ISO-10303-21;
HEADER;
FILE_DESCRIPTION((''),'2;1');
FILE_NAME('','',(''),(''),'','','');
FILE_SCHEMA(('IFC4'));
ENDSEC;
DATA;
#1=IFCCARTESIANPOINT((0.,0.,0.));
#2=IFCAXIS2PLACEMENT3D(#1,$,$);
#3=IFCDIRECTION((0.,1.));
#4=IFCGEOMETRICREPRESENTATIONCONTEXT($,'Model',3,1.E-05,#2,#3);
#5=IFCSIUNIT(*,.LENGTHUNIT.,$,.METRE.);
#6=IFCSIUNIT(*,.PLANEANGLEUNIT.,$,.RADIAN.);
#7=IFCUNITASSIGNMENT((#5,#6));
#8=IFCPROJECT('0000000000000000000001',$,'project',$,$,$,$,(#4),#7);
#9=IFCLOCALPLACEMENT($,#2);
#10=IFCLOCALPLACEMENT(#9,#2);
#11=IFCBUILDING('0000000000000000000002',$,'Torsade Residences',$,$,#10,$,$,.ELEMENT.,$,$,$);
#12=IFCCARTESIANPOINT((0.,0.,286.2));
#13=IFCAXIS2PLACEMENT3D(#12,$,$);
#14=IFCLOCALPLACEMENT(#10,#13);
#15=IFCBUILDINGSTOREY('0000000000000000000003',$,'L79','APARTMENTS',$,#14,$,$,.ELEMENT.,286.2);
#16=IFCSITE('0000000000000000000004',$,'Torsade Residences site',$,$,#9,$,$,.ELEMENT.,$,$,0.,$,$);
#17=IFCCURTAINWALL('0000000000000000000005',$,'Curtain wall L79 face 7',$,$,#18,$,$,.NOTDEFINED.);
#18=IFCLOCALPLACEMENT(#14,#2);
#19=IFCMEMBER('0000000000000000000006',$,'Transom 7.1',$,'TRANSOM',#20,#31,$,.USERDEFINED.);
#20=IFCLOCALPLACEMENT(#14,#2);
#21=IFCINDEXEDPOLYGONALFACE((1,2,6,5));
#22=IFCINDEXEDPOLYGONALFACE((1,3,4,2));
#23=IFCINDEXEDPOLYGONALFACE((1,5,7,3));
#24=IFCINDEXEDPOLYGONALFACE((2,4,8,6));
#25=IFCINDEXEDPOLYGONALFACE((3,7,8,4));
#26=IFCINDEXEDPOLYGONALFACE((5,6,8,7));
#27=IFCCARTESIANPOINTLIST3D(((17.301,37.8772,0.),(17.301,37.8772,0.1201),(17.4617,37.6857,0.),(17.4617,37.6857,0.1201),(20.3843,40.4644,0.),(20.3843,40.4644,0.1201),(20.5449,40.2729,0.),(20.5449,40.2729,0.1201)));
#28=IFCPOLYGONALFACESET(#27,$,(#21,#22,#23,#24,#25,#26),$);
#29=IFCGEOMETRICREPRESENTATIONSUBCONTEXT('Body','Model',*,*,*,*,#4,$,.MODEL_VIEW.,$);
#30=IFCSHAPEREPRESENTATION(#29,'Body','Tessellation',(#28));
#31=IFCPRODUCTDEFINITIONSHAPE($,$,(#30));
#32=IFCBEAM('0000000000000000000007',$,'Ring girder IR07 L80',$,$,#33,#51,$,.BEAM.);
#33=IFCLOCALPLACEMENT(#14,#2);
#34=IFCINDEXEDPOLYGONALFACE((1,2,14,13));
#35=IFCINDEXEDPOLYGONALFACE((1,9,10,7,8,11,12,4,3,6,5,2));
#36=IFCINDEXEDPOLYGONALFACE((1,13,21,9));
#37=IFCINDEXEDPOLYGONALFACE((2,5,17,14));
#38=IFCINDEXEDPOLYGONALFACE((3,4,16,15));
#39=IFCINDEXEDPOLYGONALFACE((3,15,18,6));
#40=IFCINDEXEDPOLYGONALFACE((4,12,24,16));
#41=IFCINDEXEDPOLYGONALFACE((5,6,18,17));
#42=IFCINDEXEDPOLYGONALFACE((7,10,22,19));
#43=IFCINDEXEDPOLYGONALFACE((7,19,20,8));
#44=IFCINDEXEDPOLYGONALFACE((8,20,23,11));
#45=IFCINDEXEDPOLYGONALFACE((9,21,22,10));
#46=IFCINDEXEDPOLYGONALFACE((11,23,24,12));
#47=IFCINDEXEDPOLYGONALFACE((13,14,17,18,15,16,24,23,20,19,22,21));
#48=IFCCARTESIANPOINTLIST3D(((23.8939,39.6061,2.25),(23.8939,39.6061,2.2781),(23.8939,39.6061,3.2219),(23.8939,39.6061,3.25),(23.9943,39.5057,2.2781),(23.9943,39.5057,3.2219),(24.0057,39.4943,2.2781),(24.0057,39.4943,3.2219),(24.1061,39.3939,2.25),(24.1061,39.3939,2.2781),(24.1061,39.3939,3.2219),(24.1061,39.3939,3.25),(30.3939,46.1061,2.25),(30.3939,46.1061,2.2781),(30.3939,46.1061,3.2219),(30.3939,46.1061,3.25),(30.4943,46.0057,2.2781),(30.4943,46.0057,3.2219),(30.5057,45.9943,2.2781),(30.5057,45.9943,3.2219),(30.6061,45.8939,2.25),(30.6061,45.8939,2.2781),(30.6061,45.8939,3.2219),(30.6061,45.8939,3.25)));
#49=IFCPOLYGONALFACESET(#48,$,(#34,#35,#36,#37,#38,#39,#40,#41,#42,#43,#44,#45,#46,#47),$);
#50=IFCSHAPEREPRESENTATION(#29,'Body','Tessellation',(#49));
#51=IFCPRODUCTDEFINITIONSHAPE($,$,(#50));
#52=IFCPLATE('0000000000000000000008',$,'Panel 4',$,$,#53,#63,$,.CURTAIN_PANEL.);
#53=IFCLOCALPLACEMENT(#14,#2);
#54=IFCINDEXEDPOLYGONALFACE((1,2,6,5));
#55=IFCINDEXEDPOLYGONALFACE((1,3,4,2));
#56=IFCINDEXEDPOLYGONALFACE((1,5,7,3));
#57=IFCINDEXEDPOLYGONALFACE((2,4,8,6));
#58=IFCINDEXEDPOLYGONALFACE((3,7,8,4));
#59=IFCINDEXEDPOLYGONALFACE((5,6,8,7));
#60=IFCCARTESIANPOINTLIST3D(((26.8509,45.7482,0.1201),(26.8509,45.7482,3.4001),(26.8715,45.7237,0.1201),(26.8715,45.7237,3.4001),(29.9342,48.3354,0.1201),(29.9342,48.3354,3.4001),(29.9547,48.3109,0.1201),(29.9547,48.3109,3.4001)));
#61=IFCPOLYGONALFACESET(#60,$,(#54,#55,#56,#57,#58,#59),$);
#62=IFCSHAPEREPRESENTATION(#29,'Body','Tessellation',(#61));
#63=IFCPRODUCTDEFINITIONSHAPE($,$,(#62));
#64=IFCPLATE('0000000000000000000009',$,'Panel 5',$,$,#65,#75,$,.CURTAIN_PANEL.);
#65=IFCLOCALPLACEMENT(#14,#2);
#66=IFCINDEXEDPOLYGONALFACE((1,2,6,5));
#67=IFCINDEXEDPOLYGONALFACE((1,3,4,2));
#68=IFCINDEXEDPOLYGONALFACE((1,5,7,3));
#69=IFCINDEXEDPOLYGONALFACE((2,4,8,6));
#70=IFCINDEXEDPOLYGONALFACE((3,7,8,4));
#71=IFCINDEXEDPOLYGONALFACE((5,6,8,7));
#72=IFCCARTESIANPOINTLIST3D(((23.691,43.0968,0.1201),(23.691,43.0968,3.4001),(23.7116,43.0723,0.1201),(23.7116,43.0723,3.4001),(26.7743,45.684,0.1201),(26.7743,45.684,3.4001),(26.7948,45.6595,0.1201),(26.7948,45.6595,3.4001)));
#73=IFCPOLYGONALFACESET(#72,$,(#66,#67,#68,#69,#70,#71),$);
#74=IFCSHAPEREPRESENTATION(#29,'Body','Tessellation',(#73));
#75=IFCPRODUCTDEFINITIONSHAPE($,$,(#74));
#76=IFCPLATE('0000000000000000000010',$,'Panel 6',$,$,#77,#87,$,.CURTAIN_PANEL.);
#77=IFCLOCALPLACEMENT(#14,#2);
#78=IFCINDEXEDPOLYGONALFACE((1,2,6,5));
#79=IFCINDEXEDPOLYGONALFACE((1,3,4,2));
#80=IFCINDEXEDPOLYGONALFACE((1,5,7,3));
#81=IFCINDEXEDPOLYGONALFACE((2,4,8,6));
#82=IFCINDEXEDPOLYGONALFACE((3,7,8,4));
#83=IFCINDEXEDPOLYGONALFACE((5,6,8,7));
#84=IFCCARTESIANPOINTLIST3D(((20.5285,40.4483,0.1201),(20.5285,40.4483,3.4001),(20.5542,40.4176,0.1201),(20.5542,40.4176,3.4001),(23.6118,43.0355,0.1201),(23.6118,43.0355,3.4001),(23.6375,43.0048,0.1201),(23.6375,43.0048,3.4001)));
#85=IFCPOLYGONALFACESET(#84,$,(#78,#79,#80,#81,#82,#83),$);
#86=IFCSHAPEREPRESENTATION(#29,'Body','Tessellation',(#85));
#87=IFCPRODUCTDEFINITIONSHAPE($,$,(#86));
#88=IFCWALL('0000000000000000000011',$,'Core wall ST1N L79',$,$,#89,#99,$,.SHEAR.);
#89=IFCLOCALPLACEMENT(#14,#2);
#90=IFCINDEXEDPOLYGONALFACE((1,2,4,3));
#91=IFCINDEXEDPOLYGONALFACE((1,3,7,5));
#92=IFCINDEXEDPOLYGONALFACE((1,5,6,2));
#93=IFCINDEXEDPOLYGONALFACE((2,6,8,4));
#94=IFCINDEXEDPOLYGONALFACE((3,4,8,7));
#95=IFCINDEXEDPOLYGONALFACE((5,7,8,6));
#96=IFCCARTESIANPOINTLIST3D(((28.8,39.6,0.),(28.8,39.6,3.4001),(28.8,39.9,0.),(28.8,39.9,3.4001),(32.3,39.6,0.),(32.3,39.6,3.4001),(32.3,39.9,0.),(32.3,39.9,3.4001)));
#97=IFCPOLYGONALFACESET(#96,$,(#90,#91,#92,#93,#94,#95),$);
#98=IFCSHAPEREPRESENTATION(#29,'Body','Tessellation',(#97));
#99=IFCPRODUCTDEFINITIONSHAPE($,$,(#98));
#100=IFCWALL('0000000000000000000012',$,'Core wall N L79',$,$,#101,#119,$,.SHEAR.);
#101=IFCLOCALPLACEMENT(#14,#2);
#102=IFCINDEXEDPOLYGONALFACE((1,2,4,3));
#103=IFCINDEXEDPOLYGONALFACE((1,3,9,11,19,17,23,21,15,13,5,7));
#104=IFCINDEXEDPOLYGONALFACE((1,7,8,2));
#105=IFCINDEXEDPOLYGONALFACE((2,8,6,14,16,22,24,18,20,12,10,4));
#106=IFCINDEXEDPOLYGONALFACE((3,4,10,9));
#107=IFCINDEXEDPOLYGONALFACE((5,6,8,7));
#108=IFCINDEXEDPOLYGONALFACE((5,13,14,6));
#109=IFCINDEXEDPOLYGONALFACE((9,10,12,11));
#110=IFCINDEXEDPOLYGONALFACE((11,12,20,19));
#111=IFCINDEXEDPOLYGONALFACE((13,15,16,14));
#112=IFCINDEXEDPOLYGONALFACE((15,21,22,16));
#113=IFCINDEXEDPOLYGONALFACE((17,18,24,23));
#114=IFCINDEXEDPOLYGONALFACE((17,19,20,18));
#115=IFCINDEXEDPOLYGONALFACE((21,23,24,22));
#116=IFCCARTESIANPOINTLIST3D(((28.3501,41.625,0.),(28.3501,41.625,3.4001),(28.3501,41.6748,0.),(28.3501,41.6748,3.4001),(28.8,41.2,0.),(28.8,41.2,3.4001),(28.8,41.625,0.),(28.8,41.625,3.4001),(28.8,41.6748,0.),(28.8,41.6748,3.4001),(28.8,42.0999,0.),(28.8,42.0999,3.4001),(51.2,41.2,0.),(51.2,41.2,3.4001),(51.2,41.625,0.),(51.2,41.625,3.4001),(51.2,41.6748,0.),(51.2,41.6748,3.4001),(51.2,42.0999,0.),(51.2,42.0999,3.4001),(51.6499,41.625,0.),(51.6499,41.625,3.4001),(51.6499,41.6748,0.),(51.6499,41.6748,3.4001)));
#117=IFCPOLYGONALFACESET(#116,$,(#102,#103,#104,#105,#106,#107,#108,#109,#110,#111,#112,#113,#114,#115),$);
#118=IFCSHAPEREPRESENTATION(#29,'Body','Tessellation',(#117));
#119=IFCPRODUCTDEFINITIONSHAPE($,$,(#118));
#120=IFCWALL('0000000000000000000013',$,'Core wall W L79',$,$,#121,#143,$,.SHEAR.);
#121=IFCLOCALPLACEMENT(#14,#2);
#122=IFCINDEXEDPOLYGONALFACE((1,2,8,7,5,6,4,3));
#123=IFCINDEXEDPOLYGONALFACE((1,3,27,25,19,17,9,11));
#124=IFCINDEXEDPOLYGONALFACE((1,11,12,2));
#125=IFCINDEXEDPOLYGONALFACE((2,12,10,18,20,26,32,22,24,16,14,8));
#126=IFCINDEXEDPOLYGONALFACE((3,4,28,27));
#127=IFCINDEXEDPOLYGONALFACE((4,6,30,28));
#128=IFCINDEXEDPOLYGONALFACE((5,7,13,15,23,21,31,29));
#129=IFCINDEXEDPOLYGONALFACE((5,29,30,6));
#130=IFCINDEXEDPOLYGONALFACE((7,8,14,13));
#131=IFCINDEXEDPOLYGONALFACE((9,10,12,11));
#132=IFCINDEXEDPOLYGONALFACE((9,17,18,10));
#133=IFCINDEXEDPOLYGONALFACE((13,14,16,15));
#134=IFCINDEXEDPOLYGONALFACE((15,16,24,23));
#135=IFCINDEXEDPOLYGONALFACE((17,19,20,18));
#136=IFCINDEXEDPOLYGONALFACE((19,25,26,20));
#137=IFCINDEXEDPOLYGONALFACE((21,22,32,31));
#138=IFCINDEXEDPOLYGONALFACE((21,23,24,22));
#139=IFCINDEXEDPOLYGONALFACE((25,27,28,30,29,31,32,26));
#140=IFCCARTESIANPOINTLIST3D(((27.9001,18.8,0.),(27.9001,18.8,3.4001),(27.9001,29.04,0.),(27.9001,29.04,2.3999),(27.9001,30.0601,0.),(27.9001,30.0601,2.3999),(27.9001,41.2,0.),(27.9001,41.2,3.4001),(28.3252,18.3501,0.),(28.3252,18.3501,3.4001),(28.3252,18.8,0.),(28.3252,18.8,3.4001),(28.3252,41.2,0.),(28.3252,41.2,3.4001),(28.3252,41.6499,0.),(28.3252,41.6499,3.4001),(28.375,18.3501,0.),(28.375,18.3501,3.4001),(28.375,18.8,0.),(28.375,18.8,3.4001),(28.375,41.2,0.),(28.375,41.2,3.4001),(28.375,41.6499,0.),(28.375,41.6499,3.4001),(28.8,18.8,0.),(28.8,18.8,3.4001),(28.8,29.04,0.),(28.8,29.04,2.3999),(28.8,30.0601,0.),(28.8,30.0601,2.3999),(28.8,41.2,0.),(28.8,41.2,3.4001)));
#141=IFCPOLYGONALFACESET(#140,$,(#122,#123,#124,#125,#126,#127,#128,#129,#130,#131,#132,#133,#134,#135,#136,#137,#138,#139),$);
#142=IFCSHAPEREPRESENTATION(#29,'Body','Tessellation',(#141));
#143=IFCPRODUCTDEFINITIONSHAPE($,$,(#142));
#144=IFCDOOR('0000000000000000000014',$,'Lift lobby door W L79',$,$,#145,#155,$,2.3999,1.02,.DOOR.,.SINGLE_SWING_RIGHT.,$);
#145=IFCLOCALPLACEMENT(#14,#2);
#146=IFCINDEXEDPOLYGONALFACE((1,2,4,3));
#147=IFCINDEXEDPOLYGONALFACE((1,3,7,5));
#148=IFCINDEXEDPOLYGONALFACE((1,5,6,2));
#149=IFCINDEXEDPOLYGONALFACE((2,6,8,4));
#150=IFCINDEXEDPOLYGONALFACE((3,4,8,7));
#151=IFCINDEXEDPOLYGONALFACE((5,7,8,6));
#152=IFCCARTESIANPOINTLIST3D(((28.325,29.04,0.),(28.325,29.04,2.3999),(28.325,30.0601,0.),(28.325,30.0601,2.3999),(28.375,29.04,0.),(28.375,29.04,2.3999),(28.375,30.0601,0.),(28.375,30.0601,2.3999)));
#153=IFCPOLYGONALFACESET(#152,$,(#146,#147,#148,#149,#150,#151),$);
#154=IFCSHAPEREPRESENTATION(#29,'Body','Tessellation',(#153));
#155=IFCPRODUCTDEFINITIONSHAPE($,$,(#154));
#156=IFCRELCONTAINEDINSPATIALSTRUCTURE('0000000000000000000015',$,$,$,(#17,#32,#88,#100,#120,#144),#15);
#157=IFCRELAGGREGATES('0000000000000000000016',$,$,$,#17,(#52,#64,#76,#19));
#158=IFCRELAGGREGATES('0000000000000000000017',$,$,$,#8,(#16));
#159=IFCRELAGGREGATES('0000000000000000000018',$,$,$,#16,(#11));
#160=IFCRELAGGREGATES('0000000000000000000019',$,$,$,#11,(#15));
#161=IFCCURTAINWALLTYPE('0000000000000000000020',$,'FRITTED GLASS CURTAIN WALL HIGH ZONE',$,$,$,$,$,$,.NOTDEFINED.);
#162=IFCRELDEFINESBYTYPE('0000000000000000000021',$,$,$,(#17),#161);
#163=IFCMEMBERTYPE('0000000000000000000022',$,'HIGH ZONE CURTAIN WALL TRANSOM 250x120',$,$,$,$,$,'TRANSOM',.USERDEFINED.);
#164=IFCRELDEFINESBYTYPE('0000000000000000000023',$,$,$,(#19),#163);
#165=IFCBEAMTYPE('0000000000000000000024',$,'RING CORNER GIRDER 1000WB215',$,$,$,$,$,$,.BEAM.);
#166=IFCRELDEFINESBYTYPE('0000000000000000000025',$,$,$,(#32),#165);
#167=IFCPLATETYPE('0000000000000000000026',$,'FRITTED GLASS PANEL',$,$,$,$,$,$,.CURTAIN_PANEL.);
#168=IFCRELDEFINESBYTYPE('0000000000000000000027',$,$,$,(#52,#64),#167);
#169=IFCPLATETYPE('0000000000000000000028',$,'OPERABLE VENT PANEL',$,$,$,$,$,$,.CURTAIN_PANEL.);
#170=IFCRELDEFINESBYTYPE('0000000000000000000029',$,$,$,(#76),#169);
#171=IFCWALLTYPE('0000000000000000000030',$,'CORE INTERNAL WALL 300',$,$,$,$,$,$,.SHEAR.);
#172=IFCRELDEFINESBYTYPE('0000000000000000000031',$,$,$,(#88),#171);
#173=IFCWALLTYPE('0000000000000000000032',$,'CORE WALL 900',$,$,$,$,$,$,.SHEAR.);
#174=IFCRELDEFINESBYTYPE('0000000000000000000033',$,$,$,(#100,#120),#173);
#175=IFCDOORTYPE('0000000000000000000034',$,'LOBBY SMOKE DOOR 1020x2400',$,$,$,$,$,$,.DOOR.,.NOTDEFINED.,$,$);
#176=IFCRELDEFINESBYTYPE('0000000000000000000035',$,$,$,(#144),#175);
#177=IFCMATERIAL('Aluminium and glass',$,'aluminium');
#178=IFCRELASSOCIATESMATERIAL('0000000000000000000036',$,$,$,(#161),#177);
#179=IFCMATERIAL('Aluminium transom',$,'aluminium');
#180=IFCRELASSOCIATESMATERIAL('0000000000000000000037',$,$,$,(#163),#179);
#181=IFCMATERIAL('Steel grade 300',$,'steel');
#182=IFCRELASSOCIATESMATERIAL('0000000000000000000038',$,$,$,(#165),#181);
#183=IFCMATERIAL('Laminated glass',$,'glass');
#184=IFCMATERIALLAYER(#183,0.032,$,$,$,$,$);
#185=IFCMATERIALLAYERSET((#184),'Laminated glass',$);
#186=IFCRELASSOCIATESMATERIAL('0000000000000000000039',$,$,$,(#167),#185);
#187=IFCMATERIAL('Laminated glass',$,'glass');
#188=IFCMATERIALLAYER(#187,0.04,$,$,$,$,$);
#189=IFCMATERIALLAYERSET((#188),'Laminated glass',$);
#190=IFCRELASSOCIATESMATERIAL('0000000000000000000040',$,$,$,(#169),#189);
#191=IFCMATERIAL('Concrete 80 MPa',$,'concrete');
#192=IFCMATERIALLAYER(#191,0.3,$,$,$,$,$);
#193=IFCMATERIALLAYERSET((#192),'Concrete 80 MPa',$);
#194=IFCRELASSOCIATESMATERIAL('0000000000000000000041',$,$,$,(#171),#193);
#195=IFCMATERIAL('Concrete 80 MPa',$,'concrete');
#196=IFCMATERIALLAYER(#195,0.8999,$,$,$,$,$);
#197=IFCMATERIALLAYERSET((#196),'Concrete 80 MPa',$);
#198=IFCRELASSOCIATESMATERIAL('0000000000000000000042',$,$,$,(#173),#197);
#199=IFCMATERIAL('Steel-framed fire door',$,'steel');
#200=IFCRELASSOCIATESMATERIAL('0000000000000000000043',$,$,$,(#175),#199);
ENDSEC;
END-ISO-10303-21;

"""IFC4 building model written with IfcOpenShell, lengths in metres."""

from ifc_helpers import new_model, si_unit, direction, frame, frame_2d, origin, origin_2d, place, context, subcontext, project, spatial, polyline, rectangle, i_section, outline, extrude, material, layer, layer_set, material_profile, profile_set, type_object, element, fill, aggregate, save


model = new_model("IFC4")

# Units and contexts
model_context = context("Model", 3, precision=1e-05, world=origin(), true_north=direction((0.0, 1.0)))
body_context = subcontext(model_context, "Body", "Model", "MODEL_VIEW")
ifc_project = project(units=[si_unit("LENGTHUNIT", "METRE"), si_unit("PLANEANGLEUNIT", "RADIAN")], contexts=[model_context])

# Site, building, storey
site_placement = place(None, origin())
site = spatial("IfcSite", under=ifc_project, at=site_placement, Name="Torsade Residences site", CompositionType="ELEMENT", RefElevation=0.0)
building_placement = place(site_placement, origin())
building = spatial("IfcBuilding", under=site, at=building_placement, Name="Torsade Residences", CompositionType="ELEMENT")
storey_placement = place(building_placement, frame((0.0, 0.0, 286.2)))
storey = spatial("IfcBuildingStorey", under=building, at=storey_placement, Name="L79", Description="APARTMENTS", CompositionType="ELEMENT", Elevation=286.2)

# Curtain wall, member
ifc_material_1 = material(Name="Aluminium and glass", Category="aluminium")
curtain_wall_type = type_object("IfcCurtainWallType", Name="FRITTED GLASS CURTAIN WALL HIGH ZONE", PredefinedType="NOTDEFINED", material=ifc_material_1)
curtain_wall_placement = place(storey_placement, origin())
curtain_wall = element("IfcCurtainWall", 1, at=curtain_wall_placement, inside=storey, type_object=curtain_wall_type, Name="Curtain wall L79 face 7", PredefinedType="NOTDEFINED")
ifc_material_2 = material(Name="Aluminium transom", Category="aluminium")
ifc_material_profile_1 = material_profile(ifc_material_2, rectangle(XDim=0.25, YDim=0.1201, at=origin_2d()), Name="HIGH ZONE CURTAIN WALL TRANSOM 250x120")
ifc_profile_set_1 = profile_set([ifc_material_profile_1], Name="Aluminium transom")
member_type_1 = type_object("IfcMemberType", Name="HIGH ZONE CURTAIN WALL TRANSOM 250x120", ElementType="TRANSOM", PredefinedType="USERDEFINED", material=ifc_profile_set_1)
member_1_placement = place(storey_placement, frame((20.4646, 40.3687, 0.0601), z_axis=(-0.766044, -0.642788, 0.0), x_axis=(0.642788, -0.766044, 0.0)))
member_1 = element("IfcMember", 2, at=member_1_placement, type_object=member_type_1, Name="Transom 7.1", ObjectType="TRANSOM", PredefinedType="USERDEFINED", context=body_context, shape_type="SweptSolid", body=[
    extrude(rectangle(XDim=0.25, YDim=0.1201, at=origin_2d()), origin(), (0.0, 0.0, 1.0), 4.0249),
])

# Beam
ifc_material_3 = material(Name="Steel grade 300", Category="steel")
ifc_material_profile_2 = material_profile(ifc_material_3, i_section(OverallWidth=0.3, OverallDepth=1.0, WebThickness=0.0161, FlangeThickness=0.0281, at=origin_2d()), Name="1000WB215")
ifc_profile_set_2 = profile_set([ifc_material_profile_2], Name="Steel grade 300")
beam_type_1 = type_object("IfcBeamType", Name="RING CORNER GIRDER 1000WB215", PredefinedType="BEAM", material=ifc_profile_set_2)
beam_1_placement = place(storey_placement, frame((30.5, 46.0, 2.75), z_axis=(-0.707107, -0.707107, 0.0), x_axis=(0.707107, -0.707107, 0.0)))
element("IfcBeam", 3, at=beam_1_placement, inside=storey, type_object=beam_type_1, Name="Ring girder IR07 L80", PredefinedType="BEAM", context=body_context, shape_type="SweptSolid", body=[
    extrude(i_section(OverallWidth=0.3, OverallDepth=1.0, WebThickness=0.0161, FlangeThickness=0.0281, at=origin_2d()), origin(), (0.0, 0.0, 1.0), 9.1924),
])

# Plates
ifc_material_4 = material(Name="Laminated glass", Category="glass")
ifc_layer_1 = layer(ifc_material_4, 0.032)
ifc_layer_set_1 = layer_set([ifc_layer_1], Name="Laminated glass")
plate_type_1 = type_object("IfcPlateType", Name="FRITTED GLASS PANEL", PredefinedType="CURTAIN_PANEL", material=ifc_layer_set_1)
plate_1_placement = place(storey_placement, frame((28.4028, 47.0295, 0.1201), z_axis=(0.0, 0.0, 1.0), x_axis=(-0.766044, -0.642788, 0.0)))
plate_1 = element("IfcPlate", 4, at=plate_1_placement, type_object=plate_type_1, Name="Panel 4", PredefinedType="CURTAIN_PANEL", context=body_context, shape_type="SweptSolid", body=[
    extrude(rectangle(XDim=4.0249, YDim=0.032, at=origin_2d()), origin(), (0.0, 0.0, 1.0), 3.28),
])
plate_2_placement = place(storey_placement, frame((25.2429, 44.3782, 0.1201), z_axis=(0.0, 0.0, 1.0), x_axis=(-0.766044, -0.642788, 0.0)))
plate_2 = element("IfcPlate", 5, at=plate_2_placement, type_object=plate_type_1, Name="Panel 5", PredefinedType="CURTAIN_PANEL", context=body_context, shape_type="SweptSolid", body=[
    extrude(rectangle(XDim=4.0249, YDim=0.032, at=origin_2d()), origin(), (0.0, 0.0, 1.0), 3.28),
])
ifc_material_5 = material(Name="Laminated glass", Category="glass")
ifc_layer_2 = layer(ifc_material_5, 0.04)
ifc_layer_set_2 = layer_set([ifc_layer_2], Name="Laminated glass")
plate_type_2 = type_object("IfcPlateType", Name="OPERABLE VENT PANEL", PredefinedType="CURTAIN_PANEL", material=ifc_layer_set_2)
plate_3_placement = place(storey_placement, frame((22.083, 41.7266, 0.1201), z_axis=(0.0, 0.0, 1.0), x_axis=(-0.766044, -0.642788, 0.0)))
plate_3 = element("IfcPlate", 6, at=plate_3_placement, type_object=plate_type_2, Name="Panel 6", PredefinedType="CURTAIN_PANEL", context=body_context, shape_type="SweptSolid", body=[
    extrude(rectangle(XDim=4.0249, YDim=0.04, at=origin_2d()), origin(), (0.0, 0.0, 1.0), 3.28),
])
aggregate(curtain_wall, [plate_1, plate_2, plate_3, member_1])

# Walls
ifc_material_6 = material(Name="Concrete 80 MPa", Category="concrete")
ifc_layer_3 = layer(ifc_material_6, 0.3)
ifc_layer_set_3 = layer_set([ifc_layer_3], Name="Concrete 80 MPa")
wall_type_1 = type_object("IfcWallType", Name="CORE INTERNAL WALL 300", PredefinedType="SHEAR", material=ifc_layer_set_3)
wall_1_placement = place(storey_placement, frame((28.8, 39.75, 0.0), z_axis=(0.0, 0.0, 1.0), x_axis=(1.0, 0.0, 0.0)))
element("IfcWall", 7, at=wall_1_placement, inside=storey, type_object=wall_type_1, Name="Core wall ST1N L79", PredefinedType="SHEAR", context=body_context, shape_type="SweptSolid", body=[
    extrude(rectangle(XDim=3.5, YDim=0.3, at=frame_2d((1.75, 0.0))), origin(), (0.0, 0.0, 1.0), 3.4001),
])
ifc_material_7 = material(Name="Concrete 80 MPa", Category="concrete")
ifc_layer_4 = layer(ifc_material_7, 0.8999)
ifc_layer_set_4 = layer_set([ifc_layer_4], Name="Concrete 80 MPa")
wall_type_2 = type_object("IfcWallType", Name="CORE WALL 900", PredefinedType="SHEAR", material=ifc_layer_set_4)
wall_2_placement = place(storey_placement, frame((28.8, 41.6499, 0.0), z_axis=(0.0, 0.0, 1.0), x_axis=(1.0, 0.0, 0.0)))
element("IfcWall", 8, at=wall_2_placement, inside=storey, type_object=wall_type_2, Name="Core wall N L79", PredefinedType="SHEAR", context=body_context, shape_type="SweptSolid", body=[
    extrude(outline(polyline([(0.0, -0.45), (22.3999, -0.45), (22.3999, -0.0249), (22.8499, -0.0249), (22.8499, 0.0249), (22.3999, 0.0249), (22.3999, 0.45), (0.0, 0.45), (0.0, 0.0249), (-0.45, 0.0249), (-0.45, -0.0249), (0.0, -0.0249), (0.0, -0.45)])), origin(), (0.0, 0.0, 1.0), 3.4001),
])

# Wall, opening, door
wall_3_placement = place(storey_placement, frame((28.3501, 41.2, 0.0), z_axis=(0.0, 0.0, 1.0), x_axis=(0.0, -1.0, 0.0)))
wall_3 = element("IfcWall", 9, at=wall_3_placement, inside=storey, type_object=wall_type_2, Name="Core wall W L79", PredefinedType="SHEAR", context=body_context, shape_type="SweptSolid", body=[
    extrude(outline(polyline([(0.0, -0.45), (22.3999, -0.45), (22.3999, -0.0249), (22.8499, -0.0249), (22.8499, 0.0249), (22.3999, 0.0249), (22.3999, 0.45), (0.0, 0.45), (0.0, 0.0249), (-0.45, 0.0249), (-0.45, -0.0249), (0.0, -0.0249), (0.0, -0.45)])), origin(), (0.0, 0.0, 1.0), 3.4001),
])
opening_1_placement = place(wall_3_placement, frame((11.1399, 0.0, 0.0)))
opening_1 = element("IfcOpeningElement", 10, at=opening_1_placement, cuts=wall_3, PredefinedType="OPENING", context=body_context, shape_type="SweptSolid", body=[
    extrude(rectangle(XDim=1.02, YDim=2.3999, at=frame_2d((0.51, 1.2))), frame((0.0, 0.46, 0.0), z_axis=(0.0, -1.0, 0.0), x_axis=(1.0, 0.0, 0.0)), (0.0, 0.0, 1.0), 0.9199),
])
ifc_material_8 = material(Name="Steel-framed fire door", Category="steel")
door_type_1 = type_object("IfcDoorType", Name="LOBBY SMOKE DOOR 1020x2400", OperationType="NOTDEFINED", PredefinedType="DOOR", material=ifc_material_8)
door_1_placement = place(opening_1_placement, origin())
door_1 = element("IfcDoor", 11, at=door_1_placement, inside=storey, type_object=door_type_1, Name="Lift lobby door W L79", OperationType="SINGLE_SWING_RIGHT", OverallHeight=2.3999, OverallWidth=1.02, PredefinedType="DOOR", context=body_context, shape_type="SweptSolid", body=[
    extrude(rectangle(XDim=1.02, YDim=2.3999, at=frame_2d((0.51, 1.2))), frame((0.0, 0.0249, 0.0), z_axis=(0.0, -1.0, 0.0), x_axis=(1.0, 0.0, 0.0)), (0.0, 0.0, 1.0), 0.05),
])
fill(opening_1, door_1)

save(model, "model.ifc")
